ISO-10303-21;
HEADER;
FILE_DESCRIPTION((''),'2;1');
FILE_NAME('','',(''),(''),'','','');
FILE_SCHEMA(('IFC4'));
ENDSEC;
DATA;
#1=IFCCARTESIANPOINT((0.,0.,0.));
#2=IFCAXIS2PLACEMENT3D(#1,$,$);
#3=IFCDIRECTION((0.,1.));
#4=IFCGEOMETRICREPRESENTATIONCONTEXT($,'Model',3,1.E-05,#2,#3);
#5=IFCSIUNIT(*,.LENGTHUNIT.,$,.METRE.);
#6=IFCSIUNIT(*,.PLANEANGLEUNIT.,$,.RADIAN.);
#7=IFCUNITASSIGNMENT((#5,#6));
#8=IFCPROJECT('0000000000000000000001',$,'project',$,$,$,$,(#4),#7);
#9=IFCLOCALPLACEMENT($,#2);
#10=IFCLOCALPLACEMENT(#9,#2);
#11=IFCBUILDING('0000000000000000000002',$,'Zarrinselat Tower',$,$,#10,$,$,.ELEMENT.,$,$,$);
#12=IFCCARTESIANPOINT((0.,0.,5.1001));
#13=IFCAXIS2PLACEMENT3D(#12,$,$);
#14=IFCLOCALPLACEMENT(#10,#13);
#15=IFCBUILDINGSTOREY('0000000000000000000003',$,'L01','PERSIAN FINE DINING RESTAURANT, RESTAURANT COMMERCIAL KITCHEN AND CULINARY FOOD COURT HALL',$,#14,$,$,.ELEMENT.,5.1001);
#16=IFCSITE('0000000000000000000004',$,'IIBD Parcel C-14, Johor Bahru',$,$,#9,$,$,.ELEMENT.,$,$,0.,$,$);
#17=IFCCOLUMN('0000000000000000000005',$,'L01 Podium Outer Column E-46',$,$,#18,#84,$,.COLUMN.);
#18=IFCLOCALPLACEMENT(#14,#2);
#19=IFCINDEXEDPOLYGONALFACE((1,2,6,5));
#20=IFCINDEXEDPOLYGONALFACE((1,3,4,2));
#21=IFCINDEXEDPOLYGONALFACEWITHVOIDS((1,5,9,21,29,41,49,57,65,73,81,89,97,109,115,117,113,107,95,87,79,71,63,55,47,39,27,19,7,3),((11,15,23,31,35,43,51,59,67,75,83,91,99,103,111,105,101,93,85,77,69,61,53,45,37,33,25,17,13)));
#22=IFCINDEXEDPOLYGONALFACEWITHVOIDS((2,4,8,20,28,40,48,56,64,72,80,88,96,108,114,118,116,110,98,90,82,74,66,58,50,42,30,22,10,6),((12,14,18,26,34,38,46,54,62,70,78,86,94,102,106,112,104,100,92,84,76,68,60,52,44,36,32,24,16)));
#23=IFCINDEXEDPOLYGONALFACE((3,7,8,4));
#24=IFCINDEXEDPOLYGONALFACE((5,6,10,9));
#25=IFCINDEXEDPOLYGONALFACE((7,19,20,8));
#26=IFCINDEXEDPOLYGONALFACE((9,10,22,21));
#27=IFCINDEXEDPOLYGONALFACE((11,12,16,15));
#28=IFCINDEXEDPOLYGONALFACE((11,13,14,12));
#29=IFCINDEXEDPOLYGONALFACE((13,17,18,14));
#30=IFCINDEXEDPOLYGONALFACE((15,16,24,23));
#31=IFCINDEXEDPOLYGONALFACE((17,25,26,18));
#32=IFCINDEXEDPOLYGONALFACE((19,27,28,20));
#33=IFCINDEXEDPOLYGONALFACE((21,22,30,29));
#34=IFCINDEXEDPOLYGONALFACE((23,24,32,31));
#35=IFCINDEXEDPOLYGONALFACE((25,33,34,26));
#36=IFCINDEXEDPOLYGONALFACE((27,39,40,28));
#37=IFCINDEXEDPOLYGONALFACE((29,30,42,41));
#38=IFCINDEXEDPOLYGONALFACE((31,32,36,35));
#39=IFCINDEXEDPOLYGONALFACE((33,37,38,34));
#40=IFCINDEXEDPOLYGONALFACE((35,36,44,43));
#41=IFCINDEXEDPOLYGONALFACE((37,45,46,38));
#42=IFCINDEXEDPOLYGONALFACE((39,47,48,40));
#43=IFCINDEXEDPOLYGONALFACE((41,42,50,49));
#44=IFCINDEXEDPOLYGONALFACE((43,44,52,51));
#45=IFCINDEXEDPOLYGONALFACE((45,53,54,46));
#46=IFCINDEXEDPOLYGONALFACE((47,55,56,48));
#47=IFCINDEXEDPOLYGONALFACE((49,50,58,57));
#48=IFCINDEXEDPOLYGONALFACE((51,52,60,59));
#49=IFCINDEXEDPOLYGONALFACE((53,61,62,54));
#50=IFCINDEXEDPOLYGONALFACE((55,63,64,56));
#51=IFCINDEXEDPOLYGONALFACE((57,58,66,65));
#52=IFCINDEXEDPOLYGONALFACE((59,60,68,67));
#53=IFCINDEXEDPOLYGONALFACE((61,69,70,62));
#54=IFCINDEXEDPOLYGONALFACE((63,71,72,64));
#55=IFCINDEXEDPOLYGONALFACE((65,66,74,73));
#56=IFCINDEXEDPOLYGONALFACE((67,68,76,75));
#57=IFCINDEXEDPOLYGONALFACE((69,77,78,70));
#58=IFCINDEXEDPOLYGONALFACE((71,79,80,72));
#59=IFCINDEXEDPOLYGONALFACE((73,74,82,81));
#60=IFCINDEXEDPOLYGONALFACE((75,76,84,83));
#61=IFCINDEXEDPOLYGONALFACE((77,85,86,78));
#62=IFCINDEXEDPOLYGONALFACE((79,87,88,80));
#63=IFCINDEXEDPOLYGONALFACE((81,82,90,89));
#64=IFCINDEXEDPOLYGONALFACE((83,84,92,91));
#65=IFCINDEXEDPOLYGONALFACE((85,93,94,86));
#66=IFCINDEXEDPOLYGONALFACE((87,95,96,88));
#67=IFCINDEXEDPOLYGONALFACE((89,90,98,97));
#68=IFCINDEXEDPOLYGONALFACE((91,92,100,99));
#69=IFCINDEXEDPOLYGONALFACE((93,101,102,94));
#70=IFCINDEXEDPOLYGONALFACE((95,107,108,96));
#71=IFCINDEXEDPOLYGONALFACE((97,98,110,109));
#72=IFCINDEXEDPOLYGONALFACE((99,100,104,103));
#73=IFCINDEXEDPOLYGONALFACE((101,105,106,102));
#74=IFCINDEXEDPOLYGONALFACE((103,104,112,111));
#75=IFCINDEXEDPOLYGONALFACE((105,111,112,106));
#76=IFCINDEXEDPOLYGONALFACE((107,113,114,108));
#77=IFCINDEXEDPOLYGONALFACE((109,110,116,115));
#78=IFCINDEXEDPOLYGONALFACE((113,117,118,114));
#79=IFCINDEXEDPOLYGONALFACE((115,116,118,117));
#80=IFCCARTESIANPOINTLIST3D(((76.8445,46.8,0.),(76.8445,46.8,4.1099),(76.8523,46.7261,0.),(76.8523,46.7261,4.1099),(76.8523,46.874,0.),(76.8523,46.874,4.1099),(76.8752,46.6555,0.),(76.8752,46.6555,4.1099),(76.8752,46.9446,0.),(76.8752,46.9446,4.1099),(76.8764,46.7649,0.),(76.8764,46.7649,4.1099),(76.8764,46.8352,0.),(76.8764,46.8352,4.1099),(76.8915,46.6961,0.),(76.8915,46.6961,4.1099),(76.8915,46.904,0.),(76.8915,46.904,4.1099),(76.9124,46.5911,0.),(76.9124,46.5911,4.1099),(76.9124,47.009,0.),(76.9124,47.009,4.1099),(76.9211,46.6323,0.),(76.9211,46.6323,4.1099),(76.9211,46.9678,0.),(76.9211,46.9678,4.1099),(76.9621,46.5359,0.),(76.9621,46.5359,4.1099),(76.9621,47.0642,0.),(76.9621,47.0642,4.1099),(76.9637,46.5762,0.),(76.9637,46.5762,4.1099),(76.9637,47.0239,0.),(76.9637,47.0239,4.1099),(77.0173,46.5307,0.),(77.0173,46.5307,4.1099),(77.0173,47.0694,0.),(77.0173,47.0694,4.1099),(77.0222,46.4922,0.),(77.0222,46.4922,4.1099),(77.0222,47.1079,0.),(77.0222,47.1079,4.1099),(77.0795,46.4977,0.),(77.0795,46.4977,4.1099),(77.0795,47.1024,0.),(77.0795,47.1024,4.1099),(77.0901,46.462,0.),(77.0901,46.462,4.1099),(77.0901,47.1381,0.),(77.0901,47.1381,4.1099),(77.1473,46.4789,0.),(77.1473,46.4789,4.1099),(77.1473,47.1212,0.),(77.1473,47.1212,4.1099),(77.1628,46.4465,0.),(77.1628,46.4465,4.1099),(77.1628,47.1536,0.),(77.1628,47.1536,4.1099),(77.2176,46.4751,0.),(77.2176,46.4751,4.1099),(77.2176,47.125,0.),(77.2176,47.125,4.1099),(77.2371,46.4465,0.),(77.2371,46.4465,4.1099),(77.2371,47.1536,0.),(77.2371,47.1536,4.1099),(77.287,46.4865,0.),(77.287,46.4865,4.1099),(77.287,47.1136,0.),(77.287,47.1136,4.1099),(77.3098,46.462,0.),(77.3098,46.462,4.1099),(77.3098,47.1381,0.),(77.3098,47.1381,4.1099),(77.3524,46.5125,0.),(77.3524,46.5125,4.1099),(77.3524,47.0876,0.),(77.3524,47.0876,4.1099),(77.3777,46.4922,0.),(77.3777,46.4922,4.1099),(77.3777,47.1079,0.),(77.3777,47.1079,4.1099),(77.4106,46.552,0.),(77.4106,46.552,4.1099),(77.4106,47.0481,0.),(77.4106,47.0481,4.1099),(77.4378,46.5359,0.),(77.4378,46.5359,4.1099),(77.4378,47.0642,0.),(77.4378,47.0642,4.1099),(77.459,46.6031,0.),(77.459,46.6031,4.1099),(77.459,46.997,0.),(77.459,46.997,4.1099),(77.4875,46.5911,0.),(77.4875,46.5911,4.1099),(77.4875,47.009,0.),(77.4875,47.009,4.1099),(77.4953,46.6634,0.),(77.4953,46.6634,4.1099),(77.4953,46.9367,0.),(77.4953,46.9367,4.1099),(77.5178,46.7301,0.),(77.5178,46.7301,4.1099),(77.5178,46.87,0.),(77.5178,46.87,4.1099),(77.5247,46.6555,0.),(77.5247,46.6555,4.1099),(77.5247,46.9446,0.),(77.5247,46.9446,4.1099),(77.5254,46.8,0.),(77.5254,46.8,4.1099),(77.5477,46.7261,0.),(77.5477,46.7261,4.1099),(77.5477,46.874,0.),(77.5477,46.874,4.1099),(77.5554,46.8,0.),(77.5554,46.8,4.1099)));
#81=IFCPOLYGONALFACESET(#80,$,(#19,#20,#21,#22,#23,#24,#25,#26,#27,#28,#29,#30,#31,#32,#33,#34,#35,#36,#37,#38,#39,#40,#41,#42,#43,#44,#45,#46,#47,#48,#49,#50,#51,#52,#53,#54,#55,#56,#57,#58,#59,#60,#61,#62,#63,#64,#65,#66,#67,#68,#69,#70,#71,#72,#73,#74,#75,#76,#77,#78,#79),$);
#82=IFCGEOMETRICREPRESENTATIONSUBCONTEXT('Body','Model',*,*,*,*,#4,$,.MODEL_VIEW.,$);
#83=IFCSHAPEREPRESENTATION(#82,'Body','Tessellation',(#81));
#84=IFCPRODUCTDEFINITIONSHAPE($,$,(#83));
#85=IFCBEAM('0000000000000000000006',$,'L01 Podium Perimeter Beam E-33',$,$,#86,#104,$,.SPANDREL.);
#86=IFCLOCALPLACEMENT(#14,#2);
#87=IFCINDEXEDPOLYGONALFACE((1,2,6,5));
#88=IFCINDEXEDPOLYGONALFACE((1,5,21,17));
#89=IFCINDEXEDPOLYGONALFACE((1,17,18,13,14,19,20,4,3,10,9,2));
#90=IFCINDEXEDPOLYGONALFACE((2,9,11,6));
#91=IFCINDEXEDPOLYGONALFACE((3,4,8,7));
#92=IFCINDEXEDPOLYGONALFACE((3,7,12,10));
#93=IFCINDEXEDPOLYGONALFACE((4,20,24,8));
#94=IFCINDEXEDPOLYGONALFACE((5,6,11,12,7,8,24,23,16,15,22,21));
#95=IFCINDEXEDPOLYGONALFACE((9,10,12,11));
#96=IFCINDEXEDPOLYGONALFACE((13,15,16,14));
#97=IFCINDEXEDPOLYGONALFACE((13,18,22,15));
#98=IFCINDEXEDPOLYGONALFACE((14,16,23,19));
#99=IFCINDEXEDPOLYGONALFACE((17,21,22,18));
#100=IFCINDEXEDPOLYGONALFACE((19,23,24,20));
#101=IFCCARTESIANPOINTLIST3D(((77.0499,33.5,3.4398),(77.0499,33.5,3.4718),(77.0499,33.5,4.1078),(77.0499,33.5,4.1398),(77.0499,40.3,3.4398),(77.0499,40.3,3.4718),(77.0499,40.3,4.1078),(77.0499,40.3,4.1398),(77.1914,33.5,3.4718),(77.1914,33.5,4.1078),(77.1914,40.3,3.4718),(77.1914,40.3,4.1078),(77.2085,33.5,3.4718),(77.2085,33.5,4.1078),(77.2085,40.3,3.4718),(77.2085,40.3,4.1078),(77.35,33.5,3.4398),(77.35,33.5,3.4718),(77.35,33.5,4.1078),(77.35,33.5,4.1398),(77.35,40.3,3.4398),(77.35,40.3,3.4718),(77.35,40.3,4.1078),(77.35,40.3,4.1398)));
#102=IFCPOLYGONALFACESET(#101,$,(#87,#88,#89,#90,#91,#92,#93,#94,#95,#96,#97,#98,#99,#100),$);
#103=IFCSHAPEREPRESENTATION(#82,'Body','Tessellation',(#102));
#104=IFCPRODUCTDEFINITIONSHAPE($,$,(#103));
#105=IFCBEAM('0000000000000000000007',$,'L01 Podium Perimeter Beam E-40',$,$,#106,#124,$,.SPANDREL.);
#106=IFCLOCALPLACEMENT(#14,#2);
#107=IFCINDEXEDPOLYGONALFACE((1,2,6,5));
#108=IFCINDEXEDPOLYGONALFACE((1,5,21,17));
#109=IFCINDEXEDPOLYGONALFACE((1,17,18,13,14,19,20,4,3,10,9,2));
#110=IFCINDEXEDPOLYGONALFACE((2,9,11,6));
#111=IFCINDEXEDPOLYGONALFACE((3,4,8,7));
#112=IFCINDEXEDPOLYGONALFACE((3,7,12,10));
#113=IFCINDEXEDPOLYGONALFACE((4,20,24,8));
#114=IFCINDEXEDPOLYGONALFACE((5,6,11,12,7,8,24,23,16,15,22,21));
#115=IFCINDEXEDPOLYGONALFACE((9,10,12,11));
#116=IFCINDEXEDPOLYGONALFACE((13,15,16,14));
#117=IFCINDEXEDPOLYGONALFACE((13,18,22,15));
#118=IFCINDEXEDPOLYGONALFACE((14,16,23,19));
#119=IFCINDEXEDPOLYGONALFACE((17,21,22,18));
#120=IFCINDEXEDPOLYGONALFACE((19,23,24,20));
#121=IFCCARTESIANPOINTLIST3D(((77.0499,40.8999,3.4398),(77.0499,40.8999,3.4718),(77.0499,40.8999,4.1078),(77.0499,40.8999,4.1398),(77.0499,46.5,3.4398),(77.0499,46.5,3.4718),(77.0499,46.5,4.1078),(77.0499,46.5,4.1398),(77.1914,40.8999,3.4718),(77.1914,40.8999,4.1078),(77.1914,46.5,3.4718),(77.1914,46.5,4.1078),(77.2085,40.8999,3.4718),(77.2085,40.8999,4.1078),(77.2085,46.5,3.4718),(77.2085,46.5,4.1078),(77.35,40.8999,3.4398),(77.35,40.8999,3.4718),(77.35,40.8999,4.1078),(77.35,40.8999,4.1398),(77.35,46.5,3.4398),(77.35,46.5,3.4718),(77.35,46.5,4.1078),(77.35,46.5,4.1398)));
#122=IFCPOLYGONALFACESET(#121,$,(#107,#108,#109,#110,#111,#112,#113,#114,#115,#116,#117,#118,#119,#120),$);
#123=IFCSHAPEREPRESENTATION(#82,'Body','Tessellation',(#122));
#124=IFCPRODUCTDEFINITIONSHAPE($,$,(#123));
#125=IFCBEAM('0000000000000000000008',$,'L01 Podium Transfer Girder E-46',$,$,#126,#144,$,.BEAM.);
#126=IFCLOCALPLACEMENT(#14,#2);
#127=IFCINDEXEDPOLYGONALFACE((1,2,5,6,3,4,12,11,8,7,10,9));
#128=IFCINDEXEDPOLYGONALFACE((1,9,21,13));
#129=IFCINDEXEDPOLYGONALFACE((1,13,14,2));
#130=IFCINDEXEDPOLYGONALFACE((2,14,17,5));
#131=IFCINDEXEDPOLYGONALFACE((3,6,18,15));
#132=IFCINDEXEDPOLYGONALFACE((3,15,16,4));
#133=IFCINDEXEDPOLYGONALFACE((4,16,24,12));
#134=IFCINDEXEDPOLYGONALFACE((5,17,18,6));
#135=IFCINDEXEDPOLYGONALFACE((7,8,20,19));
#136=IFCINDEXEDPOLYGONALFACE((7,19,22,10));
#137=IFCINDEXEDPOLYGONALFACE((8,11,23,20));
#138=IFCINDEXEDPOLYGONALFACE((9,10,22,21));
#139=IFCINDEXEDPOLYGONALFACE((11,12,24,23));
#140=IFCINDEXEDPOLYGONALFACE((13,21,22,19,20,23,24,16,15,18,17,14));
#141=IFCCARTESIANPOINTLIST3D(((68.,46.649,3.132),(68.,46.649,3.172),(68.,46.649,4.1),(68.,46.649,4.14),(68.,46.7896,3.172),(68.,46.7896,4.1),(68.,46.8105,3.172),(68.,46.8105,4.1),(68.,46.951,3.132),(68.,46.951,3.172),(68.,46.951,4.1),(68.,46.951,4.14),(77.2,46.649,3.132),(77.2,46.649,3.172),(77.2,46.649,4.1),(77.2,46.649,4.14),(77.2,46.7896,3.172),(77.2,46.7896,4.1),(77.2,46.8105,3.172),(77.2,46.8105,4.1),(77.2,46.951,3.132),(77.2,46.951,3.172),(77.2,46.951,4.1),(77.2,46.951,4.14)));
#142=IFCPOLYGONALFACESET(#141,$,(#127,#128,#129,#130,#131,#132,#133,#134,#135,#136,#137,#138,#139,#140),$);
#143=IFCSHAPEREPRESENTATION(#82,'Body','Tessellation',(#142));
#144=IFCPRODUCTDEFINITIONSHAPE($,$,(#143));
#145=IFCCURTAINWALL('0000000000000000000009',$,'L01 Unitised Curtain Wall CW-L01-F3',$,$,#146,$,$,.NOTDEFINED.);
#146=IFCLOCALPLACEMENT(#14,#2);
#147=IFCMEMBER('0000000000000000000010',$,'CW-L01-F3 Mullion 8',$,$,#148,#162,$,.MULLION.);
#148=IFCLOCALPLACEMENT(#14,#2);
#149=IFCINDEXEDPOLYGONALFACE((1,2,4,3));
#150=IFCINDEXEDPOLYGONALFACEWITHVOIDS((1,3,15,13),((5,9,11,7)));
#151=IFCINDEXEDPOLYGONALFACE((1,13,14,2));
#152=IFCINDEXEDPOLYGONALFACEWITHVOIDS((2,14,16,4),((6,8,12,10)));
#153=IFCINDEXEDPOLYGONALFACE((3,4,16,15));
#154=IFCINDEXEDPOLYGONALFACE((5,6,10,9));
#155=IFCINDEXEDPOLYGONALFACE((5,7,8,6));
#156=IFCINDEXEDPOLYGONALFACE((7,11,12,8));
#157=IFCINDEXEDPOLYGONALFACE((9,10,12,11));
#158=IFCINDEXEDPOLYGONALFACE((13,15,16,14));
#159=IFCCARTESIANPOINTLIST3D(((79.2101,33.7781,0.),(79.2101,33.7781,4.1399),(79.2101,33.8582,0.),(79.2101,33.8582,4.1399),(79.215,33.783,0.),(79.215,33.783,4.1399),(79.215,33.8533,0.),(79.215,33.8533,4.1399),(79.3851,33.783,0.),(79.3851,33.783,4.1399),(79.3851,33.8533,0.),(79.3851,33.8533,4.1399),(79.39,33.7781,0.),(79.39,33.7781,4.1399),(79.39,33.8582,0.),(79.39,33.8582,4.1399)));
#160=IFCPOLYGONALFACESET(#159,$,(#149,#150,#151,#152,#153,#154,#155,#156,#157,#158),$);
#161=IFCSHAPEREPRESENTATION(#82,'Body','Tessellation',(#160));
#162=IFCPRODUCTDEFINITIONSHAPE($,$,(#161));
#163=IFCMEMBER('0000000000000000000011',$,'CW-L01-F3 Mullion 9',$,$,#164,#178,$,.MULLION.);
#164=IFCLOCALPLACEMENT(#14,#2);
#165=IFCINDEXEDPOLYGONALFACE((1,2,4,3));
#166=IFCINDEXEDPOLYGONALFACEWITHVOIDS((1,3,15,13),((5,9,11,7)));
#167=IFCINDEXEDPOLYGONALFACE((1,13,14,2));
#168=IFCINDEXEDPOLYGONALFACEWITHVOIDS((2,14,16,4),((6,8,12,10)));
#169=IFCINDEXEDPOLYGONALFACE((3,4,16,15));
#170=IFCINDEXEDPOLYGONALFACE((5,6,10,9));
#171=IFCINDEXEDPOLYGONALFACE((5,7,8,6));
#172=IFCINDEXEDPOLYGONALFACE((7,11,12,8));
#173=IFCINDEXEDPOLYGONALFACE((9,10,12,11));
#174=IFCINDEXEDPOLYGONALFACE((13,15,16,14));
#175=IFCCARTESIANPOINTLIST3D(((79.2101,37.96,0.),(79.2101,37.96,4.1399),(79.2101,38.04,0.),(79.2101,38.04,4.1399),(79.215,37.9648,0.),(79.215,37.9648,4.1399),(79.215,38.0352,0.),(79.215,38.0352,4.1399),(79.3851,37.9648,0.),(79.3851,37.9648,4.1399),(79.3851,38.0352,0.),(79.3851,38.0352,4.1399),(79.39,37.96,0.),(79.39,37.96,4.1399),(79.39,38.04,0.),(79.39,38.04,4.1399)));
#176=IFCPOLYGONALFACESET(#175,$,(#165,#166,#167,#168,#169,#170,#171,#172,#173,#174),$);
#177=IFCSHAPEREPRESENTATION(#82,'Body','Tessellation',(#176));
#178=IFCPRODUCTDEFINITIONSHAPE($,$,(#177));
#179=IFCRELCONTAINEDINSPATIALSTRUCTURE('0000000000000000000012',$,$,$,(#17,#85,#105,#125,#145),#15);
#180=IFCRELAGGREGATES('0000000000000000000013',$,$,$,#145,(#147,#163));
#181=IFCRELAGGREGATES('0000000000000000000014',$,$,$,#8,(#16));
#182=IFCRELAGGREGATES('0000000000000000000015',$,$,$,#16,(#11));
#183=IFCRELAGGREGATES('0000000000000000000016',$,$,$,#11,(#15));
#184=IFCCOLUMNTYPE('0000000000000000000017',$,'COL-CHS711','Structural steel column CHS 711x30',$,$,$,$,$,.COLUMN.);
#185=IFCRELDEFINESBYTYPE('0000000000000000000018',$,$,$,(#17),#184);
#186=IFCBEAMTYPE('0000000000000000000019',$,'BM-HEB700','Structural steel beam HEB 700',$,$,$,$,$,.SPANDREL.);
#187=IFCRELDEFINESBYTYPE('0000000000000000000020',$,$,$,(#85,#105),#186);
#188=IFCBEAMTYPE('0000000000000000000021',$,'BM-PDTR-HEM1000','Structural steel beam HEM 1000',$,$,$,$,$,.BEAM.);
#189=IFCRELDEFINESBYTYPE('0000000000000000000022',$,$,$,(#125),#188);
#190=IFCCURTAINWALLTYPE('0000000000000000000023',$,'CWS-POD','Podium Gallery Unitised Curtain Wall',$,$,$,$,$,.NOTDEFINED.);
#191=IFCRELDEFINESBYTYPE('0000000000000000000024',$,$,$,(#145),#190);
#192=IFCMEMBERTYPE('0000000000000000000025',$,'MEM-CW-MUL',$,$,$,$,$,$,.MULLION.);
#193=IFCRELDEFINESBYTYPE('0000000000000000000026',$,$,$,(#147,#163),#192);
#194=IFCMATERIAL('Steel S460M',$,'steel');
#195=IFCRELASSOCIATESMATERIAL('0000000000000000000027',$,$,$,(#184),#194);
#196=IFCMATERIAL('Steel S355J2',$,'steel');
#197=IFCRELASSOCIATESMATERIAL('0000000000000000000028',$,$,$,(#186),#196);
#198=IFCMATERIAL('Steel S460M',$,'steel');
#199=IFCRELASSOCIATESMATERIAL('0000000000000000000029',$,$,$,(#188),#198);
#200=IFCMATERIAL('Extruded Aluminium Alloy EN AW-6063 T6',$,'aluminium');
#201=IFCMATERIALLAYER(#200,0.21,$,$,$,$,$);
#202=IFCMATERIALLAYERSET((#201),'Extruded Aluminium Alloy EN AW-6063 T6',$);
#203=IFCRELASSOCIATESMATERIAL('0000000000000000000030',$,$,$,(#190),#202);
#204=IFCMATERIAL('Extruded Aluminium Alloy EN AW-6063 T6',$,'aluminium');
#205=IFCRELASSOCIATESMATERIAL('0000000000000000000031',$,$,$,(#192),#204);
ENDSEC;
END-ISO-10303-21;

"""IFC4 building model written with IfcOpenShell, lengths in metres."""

from ifc_helpers import new_model, si_unit, direction, frame, origin, origin_2d, place, context, subcontext, project, spatial, hollow_rectangle, hollow_circle, i_section, extrude, material, layer, layer_set, material_profile, profile_set, type_object, element, aggregate, save


model = new_model("IFC4")

# Units and contexts
model_context = context("Model", 3, precision=1e-05, world=origin(), true_north=direction((0.0, 1.0)))
body_context = subcontext(model_context, "Body", "Model", "MODEL_VIEW")
ifc_project = project(units=[si_unit("LENGTHUNIT", "METRE"), si_unit("PLANEANGLEUNIT", "RADIAN")], contexts=[model_context])

# Site, building, storey
site_placement = place(None, origin())
site = spatial("IfcSite", under=ifc_project, at=site_placement, Name="IIBD Parcel C-14, Johor Bahru", CompositionType="ELEMENT", RefElevation=0.0)
building_placement = place(site_placement, origin())
building = spatial("IfcBuilding", under=site, at=building_placement, Name="Zarrinselat Tower", CompositionType="ELEMENT")
storey_placement = place(building_placement, frame((0.0, 0.0, 5.1001)))
storey = spatial("IfcBuildingStorey", under=building, at=storey_placement, Name="L01", Description="PERSIAN FINE DINING RESTAURANT, RESTAURANT COMMERCIAL KITCHEN AND CULINARY FOOD COURT HALL", CompositionType="ELEMENT", Elevation=5.1001)

# Column
ifc_material_1 = material(Name="Steel S460M", Category="steel")
ifc_material_profile_1 = material_profile(ifc_material_1, hollow_circle(Radius=0.3555, WallThickness=0.03, at=origin_2d()), Name="CHS 711x30")
ifc_profile_set_1 = profile_set([ifc_material_profile_1], Name="Steel S460M")
column_type = type_object("IfcColumnType", Name="COL-CHS711", Description="Structural steel column CHS 711x30", PredefinedType="COLUMN", material=ifc_profile_set_1)
for number, where, z_axis, x_axis, name in (
    (1, (77.2, 46.8, 0.0), (0.0, 0.0, 1.0), (1.0, 0.0, 0.0), "L01 Podium Outer Column E-46"),
):
    element("IfcColumn", number, at=place(storey_placement, frame(where, z_axis=z_axis, x_axis=x_axis)), inside=storey, type_object=column_type, Name=name, PredefinedType="COLUMN", context=body_context, shape_type="SweptSolid", body=[
        extrude(hollow_circle(Radius=0.3555, WallThickness=0.03, at=origin_2d()), origin(), (0.0, 0.0, 1.0), 4.1099),
    ])

# Beams
ifc_material_2 = material(Name="Steel S355J2", Category="steel")
ifc_material_profile_2 = material_profile(ifc_material_2, i_section(OverallWidth=0.3, OverallDepth=0.7, WebThickness=0.0171, FlangeThickness=0.032, at=origin_2d()), Name="HEB 700")
ifc_profile_set_2 = profile_set([ifc_material_profile_2], Name="Steel S355J2")
beam_type_1 = type_object("IfcBeamType", Name="BM-HEB700", Description="Structural steel beam HEB 700", PredefinedType="SPANDREL", material=ifc_profile_set_2)
beam_1_placement = place(storey_placement, frame((77.2, 33.5, 3.7898), z_axis=(0.0, 1.0, 0.0), x_axis=(-1.0, 0.0, 0.0)))
element("IfcBeam", 2, at=beam_1_placement, inside=storey, type_object=beam_type_1, Name="L01 Podium Perimeter Beam E-33", PredefinedType="SPANDREL", context=body_context, shape_type="SweptSolid", body=[
    extrude(i_section(OverallWidth=0.3, OverallDepth=0.7, WebThickness=0.0171, FlangeThickness=0.032, at=origin_2d()), origin(), (0.0, 0.0, 1.0), 6.8),
])
beam_2_placement = place(storey_placement, frame((77.2, 40.8999, 3.7898), z_axis=(0.0, 1.0, 0.0), x_axis=(-1.0, 0.0, 0.0)))
element("IfcBeam", 3, at=beam_2_placement, inside=storey, type_object=beam_type_1, Name="L01 Podium Perimeter Beam E-40", PredefinedType="SPANDREL", context=body_context, shape_type="SweptSolid", body=[
    extrude(i_section(OverallWidth=0.3, OverallDepth=0.7, WebThickness=0.0171, FlangeThickness=0.032, at=origin_2d()), origin(), (0.0, 0.0, 1.0), 5.6001),
])
ifc_material_3 = material(Name="Steel S460M", Category="steel")
ifc_material_profile_3 = material_profile(ifc_material_3, i_section(OverallWidth=0.302, OverallDepth=1.0081, WebThickness=0.021, FlangeThickness=0.04, at=origin_2d()), Name="HEM 1000")
ifc_profile_set_3 = profile_set([ifc_material_profile_3], Name="Steel S460M")
beam_type_2 = type_object("IfcBeamType", Name="BM-PDTR-HEM1000", Description="Structural steel beam HEM 1000", PredefinedType="BEAM", material=ifc_profile_set_3)
beam_3_placement = place(storey_placement, frame((68.0, 46.8, 3.636), z_axis=(1.0, 0.0, 0.0), x_axis=(0.0, 1.0, 0.0)))
element("IfcBeam", 4, at=beam_3_placement, inside=storey, type_object=beam_type_2, Name="L01 Podium Transfer Girder E-46", PredefinedType="BEAM", context=body_context, shape_type="SweptSolid", body=[
    extrude(i_section(OverallWidth=0.302, OverallDepth=1.0081, WebThickness=0.021, FlangeThickness=0.04, at=origin_2d()), origin(), (0.0, 0.0, 1.0), 9.2),
])

# Curtain wall, members
ifc_material_4 = material(Name="Extruded Aluminium Alloy EN AW-6063 T6", Category="aluminium")
ifc_layer_1 = layer(ifc_material_4, 0.21)
ifc_layer_set_1 = layer_set([ifc_layer_1], Name="Extruded Aluminium Alloy EN AW-6063 T6")
curtain_wall_type = type_object("IfcCurtainWallType", Name="CWS-POD", Description="Podium Gallery Unitised Curtain Wall", PredefinedType="NOTDEFINED", material=ifc_layer_set_1)
curtain_wall_1_placement = place(storey_placement, origin())
curtain_wall_1 = element("IfcCurtainWall", 5, at=curtain_wall_1_placement, inside=storey, type_object=curtain_wall_type, Name="L01 Unitised Curtain Wall CW-L01-F3", PredefinedType="NOTDEFINED")
ifc_material_5 = material(Name="Extruded Aluminium Alloy EN AW-6063 T6", Category="aluminium")
ifc_material_profile_4 = material_profile(ifc_material_5, hollow_rectangle(XDim=0.0801, YDim=0.1799, WallThickness=0.0049, at=origin_2d()), Name="RHS 180x80x5")
ifc_profile_set_4 = profile_set([ifc_material_profile_4], Name="Extruded Aluminium Alloy EN AW-6063 T6")
member_type_1 = type_object("IfcMemberType", Name="MEM-CW-MUL", PredefinedType="MULLION", material=ifc_profile_set_4)
member_1_placement = place(storey_placement, frame((79.3, 33.8181, 0.0), z_axis=(0.0, 0.0, 1.0), x_axis=(0.0, 1.0, 0.0)))
member_1 = element("IfcMember", 6, at=member_1_placement, type_object=member_type_1, Name="CW-L01-F3 Mullion 8", PredefinedType="MULLION", context=body_context, shape_type="SweptSolid", body=[
    extrude(hollow_rectangle(XDim=0.0801, YDim=0.1799, WallThickness=0.0049, at=origin_2d()), origin(), (0.0, 0.0, 1.0), 4.1399),
])
member_2_placement = place(storey_placement, frame((79.3, 38.0, 0.0), z_axis=(0.0, 0.0, 1.0), x_axis=(0.0, 1.0, 0.0)))
member_2 = element("IfcMember", 7, at=member_2_placement, type_object=member_type_1, Name="CW-L01-F3 Mullion 9", PredefinedType="MULLION", context=body_context, shape_type="SweptSolid", body=[
    extrude(hollow_rectangle(XDim=0.0801, YDim=0.1799, WallThickness=0.0049, at=origin_2d()), origin(), (0.0, 0.0, 1.0), 4.1399),
])

aggregate(curtain_wall_1, [member_1, member_2])

save(model, "model.ifc")
